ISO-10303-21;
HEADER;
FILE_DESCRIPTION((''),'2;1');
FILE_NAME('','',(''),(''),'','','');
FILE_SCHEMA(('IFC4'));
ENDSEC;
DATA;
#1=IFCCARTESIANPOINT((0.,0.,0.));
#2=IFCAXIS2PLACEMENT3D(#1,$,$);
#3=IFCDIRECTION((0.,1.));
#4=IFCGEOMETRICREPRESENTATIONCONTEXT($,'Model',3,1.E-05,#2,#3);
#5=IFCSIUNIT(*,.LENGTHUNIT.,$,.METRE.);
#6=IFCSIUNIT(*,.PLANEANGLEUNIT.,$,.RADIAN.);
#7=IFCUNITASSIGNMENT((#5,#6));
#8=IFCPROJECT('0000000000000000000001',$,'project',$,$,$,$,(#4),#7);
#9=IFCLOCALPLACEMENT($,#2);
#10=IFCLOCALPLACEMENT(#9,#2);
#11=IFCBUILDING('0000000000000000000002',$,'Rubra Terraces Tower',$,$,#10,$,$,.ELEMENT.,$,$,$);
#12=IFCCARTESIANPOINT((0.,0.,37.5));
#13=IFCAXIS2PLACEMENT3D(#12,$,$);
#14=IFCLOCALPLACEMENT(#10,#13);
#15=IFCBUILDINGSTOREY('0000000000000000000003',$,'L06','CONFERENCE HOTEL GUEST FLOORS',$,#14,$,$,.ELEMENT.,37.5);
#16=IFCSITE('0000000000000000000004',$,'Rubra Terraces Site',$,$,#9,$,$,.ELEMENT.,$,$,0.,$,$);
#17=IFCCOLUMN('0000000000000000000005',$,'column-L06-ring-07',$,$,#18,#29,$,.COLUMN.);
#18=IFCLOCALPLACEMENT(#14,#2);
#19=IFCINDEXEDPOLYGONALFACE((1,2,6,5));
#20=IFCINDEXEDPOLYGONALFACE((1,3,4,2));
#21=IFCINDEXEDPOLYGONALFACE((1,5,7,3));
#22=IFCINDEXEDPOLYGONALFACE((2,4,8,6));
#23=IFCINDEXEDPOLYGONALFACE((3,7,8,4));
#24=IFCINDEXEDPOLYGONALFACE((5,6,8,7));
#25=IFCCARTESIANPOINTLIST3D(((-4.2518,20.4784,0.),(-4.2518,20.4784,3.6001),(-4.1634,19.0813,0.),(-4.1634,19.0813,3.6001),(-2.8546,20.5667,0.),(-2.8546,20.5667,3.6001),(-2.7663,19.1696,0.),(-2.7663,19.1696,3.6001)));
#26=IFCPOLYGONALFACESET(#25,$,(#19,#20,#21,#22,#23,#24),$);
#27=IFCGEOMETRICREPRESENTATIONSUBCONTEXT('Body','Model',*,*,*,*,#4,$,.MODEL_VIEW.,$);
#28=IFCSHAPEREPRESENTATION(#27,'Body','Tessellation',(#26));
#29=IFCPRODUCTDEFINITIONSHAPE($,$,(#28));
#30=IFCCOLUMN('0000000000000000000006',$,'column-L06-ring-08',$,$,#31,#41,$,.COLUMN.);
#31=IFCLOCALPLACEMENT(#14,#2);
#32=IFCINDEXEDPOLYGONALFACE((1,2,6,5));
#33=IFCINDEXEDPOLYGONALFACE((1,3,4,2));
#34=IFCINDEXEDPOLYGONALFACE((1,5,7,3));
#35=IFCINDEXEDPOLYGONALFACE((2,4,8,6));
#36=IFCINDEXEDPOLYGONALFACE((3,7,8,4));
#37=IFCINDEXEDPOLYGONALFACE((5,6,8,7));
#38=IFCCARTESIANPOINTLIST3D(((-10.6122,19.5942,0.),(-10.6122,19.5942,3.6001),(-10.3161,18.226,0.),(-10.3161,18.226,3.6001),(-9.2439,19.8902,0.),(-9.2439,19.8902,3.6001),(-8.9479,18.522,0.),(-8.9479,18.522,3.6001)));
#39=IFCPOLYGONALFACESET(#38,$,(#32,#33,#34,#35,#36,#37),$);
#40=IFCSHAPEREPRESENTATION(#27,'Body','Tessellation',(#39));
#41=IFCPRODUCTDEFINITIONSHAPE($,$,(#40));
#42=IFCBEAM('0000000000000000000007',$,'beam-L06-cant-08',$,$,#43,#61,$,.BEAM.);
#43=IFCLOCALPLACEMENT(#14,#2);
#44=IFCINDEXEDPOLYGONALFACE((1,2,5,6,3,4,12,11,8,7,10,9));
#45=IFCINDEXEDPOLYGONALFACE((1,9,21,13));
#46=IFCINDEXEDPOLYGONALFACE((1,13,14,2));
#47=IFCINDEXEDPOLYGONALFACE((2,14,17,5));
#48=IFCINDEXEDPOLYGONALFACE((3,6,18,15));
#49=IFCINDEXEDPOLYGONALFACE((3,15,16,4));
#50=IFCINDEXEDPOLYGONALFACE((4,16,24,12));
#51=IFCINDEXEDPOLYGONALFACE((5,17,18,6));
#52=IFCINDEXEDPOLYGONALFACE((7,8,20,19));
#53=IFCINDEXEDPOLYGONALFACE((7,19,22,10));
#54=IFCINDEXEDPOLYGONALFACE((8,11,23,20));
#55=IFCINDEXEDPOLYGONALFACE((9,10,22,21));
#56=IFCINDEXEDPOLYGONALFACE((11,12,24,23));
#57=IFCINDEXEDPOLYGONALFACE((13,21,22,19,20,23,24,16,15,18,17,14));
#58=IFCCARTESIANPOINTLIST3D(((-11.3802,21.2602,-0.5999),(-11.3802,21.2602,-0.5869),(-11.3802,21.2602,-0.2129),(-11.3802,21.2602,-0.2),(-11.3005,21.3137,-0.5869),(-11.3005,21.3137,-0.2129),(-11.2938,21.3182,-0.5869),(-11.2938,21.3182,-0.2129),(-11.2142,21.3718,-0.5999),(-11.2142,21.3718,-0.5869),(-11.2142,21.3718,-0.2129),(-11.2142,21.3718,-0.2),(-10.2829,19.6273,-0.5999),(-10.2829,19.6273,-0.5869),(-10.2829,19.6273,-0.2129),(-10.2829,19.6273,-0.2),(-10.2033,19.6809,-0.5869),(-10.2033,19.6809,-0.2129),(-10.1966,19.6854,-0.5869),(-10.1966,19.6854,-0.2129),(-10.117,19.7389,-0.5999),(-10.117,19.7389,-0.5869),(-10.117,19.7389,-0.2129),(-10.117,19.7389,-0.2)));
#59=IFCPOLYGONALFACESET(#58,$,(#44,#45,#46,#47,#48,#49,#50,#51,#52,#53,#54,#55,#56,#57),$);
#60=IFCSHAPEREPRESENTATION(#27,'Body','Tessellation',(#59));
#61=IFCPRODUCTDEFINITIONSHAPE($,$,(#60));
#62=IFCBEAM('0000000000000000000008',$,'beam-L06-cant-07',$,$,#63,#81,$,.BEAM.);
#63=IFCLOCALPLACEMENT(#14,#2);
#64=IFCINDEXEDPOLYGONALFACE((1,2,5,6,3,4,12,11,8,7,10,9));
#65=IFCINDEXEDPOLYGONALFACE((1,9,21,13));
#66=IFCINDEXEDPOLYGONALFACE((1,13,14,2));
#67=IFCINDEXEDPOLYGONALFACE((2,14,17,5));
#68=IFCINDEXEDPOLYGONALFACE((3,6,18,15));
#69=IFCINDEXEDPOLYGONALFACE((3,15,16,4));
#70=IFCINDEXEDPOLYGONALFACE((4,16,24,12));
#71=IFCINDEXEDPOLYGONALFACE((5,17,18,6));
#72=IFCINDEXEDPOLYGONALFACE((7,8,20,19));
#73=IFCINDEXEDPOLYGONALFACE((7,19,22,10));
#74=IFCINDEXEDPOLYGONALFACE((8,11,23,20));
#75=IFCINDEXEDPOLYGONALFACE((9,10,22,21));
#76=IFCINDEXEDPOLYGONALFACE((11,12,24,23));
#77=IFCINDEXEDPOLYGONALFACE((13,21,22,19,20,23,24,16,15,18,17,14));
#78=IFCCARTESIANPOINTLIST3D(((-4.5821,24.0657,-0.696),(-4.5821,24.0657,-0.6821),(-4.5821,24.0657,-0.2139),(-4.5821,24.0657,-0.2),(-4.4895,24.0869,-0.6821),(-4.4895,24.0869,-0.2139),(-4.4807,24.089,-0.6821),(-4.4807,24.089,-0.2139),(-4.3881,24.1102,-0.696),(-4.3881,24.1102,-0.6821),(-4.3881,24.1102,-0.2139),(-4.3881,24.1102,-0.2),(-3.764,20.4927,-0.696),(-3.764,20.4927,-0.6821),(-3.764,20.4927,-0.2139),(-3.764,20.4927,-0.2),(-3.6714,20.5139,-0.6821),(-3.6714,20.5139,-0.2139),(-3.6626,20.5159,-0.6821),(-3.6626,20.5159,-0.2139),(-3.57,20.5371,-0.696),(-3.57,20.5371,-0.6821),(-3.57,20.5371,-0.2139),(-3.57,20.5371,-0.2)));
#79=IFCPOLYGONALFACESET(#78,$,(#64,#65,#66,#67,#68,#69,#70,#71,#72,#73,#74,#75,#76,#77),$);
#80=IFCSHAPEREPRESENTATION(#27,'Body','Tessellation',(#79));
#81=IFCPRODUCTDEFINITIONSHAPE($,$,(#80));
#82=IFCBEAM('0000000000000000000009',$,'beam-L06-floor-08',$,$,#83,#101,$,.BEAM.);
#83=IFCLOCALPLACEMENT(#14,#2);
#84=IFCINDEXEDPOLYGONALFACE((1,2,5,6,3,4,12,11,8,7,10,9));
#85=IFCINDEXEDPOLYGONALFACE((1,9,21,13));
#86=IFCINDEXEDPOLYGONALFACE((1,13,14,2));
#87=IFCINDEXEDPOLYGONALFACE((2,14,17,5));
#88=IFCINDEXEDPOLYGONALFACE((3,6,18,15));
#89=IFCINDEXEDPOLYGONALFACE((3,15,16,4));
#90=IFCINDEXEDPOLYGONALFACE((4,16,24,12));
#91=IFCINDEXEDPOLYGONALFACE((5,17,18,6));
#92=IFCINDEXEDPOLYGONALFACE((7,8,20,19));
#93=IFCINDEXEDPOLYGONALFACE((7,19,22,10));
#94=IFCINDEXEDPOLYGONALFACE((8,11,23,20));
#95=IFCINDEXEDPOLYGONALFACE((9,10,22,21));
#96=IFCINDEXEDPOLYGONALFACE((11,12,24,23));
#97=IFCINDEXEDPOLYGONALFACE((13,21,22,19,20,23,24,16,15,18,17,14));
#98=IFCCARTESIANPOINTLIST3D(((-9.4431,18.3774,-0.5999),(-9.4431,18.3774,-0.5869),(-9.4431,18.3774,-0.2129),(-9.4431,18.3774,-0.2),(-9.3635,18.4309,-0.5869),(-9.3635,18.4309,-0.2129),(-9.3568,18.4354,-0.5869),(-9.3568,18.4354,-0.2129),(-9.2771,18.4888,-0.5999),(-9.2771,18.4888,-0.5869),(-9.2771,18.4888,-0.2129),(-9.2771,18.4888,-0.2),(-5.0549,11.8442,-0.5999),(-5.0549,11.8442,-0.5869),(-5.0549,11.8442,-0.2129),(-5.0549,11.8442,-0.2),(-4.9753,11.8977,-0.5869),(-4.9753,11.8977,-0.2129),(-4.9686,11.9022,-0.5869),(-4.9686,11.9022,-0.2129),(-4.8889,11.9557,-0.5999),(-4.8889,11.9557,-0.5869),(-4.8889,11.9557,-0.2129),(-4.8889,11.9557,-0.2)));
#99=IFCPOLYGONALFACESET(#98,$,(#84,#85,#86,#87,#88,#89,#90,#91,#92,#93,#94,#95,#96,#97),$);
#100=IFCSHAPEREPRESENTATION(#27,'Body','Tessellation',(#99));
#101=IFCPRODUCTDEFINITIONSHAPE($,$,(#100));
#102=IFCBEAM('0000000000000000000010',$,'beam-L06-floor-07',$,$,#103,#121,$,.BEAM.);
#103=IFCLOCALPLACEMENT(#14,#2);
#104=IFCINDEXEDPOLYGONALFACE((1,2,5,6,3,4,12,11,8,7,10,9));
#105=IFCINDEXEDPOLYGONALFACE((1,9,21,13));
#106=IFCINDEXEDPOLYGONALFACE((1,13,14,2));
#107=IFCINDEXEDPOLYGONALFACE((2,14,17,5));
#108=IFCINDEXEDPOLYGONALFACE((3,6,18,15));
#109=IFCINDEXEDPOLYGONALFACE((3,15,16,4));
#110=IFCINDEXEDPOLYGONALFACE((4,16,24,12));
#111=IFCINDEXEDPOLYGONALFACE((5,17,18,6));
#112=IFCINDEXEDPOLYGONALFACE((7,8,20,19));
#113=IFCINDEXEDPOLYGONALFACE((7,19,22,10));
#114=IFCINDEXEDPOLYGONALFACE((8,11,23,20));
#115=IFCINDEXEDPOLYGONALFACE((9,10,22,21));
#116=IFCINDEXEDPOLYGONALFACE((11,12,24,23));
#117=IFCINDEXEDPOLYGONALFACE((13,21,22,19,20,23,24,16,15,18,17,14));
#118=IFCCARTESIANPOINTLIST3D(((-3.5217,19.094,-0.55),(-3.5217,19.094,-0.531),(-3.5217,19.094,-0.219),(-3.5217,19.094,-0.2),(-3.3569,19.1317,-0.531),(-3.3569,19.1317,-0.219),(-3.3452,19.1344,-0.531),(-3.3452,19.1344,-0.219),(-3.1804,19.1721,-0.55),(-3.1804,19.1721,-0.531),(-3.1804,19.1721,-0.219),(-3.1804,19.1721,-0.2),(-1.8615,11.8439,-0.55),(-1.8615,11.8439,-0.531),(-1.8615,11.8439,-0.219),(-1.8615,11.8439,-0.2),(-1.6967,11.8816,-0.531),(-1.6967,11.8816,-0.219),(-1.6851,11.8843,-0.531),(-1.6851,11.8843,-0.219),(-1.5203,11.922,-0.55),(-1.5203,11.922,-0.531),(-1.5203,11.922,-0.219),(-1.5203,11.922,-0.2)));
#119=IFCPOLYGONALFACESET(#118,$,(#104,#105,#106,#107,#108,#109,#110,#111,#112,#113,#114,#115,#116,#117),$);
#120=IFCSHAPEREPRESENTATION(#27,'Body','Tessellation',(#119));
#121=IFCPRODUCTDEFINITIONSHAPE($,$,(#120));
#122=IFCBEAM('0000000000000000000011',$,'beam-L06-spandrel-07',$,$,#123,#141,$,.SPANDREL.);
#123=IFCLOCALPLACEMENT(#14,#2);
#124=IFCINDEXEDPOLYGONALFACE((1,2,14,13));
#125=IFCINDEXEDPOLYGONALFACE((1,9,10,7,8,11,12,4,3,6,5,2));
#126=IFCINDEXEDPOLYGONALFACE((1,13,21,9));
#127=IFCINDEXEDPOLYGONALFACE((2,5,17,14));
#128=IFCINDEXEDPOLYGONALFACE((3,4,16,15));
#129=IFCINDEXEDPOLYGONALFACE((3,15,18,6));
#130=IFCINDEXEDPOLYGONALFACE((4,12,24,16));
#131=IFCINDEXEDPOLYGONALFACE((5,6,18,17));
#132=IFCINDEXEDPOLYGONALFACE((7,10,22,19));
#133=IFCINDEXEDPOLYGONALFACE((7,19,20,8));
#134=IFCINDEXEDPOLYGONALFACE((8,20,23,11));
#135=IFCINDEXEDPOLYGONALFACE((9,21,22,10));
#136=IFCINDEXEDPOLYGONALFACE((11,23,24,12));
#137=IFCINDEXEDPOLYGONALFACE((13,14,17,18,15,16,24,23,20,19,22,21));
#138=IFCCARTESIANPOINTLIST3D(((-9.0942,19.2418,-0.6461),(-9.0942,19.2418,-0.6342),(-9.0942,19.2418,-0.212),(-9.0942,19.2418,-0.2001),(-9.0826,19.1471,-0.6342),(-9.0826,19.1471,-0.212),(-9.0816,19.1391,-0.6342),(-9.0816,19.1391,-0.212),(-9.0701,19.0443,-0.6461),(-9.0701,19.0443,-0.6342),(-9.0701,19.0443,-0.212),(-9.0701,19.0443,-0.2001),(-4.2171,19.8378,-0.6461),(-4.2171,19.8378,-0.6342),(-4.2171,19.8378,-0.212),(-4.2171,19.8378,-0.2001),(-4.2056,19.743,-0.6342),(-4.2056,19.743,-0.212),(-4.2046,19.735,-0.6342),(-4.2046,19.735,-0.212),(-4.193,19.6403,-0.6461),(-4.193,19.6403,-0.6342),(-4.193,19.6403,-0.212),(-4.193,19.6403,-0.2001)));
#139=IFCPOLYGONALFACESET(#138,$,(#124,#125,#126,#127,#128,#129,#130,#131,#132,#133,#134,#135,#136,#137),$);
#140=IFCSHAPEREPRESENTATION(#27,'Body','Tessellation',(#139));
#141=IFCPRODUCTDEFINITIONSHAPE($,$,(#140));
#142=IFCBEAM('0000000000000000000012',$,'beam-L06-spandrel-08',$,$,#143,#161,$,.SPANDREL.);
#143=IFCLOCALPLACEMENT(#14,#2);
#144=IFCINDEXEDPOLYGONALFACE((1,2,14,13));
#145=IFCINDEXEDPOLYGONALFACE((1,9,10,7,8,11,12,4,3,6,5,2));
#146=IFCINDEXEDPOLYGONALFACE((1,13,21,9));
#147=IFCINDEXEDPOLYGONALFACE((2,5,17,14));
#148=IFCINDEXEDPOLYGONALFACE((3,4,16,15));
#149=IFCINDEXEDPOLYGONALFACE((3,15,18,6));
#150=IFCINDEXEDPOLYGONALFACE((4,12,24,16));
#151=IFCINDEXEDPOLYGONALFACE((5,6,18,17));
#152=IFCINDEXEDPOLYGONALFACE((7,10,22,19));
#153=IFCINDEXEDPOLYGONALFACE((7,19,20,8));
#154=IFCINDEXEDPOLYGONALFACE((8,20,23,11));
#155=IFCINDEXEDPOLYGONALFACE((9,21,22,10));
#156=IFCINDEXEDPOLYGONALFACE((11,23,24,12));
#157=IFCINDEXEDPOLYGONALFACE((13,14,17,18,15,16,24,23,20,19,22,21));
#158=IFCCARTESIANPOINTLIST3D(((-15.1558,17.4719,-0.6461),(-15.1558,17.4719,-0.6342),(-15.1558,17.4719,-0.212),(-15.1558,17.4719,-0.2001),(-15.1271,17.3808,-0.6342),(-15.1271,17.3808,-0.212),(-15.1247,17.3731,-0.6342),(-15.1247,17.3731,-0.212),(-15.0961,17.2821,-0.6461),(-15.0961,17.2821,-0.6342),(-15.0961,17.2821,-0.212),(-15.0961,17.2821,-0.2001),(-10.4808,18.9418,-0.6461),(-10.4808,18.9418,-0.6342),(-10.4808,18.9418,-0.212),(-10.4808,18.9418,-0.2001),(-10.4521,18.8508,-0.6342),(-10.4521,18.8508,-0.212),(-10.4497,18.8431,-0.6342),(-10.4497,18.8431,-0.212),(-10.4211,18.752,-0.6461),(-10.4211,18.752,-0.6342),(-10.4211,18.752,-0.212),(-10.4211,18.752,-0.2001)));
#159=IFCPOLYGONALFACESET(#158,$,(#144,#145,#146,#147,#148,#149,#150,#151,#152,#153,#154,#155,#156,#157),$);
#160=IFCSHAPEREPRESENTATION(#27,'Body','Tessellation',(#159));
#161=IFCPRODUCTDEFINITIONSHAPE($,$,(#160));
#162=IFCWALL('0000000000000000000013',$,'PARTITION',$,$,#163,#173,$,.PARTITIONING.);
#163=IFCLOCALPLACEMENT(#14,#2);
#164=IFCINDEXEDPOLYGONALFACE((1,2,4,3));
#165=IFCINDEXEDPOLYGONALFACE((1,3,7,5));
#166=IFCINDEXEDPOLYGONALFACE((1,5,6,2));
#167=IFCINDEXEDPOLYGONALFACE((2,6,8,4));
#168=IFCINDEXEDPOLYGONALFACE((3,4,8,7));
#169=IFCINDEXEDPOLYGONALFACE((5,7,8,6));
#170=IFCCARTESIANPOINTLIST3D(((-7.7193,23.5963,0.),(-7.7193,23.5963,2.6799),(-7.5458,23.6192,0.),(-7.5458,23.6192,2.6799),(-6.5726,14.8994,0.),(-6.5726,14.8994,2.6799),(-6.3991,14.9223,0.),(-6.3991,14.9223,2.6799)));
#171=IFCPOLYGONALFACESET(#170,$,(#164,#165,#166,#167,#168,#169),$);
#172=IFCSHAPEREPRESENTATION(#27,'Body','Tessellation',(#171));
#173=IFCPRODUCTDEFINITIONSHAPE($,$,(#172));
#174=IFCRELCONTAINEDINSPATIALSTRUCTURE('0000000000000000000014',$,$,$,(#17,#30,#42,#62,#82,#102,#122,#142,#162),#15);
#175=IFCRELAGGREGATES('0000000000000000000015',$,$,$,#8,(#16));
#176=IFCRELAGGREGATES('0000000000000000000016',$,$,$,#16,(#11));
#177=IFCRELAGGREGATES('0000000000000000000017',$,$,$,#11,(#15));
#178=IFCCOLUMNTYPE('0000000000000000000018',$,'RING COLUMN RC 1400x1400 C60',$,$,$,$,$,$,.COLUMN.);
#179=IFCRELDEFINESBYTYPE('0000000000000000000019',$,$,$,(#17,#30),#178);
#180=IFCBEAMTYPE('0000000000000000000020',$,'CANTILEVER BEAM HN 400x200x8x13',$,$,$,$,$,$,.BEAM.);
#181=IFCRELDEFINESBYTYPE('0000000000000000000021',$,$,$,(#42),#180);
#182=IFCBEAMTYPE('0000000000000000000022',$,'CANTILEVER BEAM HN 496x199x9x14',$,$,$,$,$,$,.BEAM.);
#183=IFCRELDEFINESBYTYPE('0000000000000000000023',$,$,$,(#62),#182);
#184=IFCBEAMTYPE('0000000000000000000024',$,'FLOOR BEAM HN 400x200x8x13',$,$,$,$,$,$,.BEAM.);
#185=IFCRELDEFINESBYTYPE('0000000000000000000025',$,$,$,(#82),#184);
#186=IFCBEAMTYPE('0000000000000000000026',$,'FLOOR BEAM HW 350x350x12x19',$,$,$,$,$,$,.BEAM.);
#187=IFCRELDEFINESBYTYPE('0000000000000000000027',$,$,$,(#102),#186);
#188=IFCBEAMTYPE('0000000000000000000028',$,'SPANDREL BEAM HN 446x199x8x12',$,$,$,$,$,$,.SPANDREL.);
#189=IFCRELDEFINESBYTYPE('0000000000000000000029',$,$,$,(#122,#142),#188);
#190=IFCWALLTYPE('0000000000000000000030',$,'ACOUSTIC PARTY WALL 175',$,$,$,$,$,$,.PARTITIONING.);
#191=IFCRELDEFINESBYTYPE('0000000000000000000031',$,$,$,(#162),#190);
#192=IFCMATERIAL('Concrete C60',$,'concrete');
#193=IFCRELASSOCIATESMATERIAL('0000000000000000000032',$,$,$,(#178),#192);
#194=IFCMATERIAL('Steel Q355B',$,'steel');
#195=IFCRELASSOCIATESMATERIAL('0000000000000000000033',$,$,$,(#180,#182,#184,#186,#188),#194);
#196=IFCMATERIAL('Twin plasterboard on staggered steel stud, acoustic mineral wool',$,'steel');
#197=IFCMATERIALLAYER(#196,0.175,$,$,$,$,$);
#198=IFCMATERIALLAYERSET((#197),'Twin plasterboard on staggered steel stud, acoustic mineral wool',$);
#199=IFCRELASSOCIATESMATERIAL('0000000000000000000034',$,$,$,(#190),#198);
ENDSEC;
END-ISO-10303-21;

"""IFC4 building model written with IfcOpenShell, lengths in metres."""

from ifc_helpers import new_model, si_unit, direction, frame, frame_2d, origin, origin_2d, place, context, subcontext, project, spatial, rectangle, i_section, extrude, material, layer, layer_set, material_profile, profile_set, type_object, element, save


model = new_model("IFC4")

# Units and contexts
model_context = context("Model", 3, precision=1e-05, world=origin(), true_north=direction((0.0, 1.0)))
body_context = subcontext(model_context, "Body", "Model", "MODEL_VIEW")
ifc_project = project(units=[si_unit("LENGTHUNIT", "METRE"), si_unit("PLANEANGLEUNIT", "RADIAN")], contexts=[model_context])

# Site, building, storey
site_placement = place(None, origin())
site = spatial("IfcSite", under=ifc_project, at=site_placement, Name="Rubra Terraces Site", CompositionType="ELEMENT", RefElevation=0.0)
building_placement = place(site_placement, origin())
building = spatial("IfcBuilding", under=site, at=building_placement, Name="Rubra Terraces Tower", CompositionType="ELEMENT")
storey_placement = place(building_placement, frame((0.0, 0.0, 37.5)))
storey = spatial("IfcBuildingStorey", under=building, at=storey_placement, Name="L06", Description="CONFERENCE HOTEL GUEST FLOORS", CompositionType="ELEMENT", Elevation=37.5)

# Columns
ifc_material_1 = material(Name="Concrete C60", Category="concrete")
ifc_material_profile_1 = material_profile(ifc_material_1, rectangle(XDim=1.3999, YDim=1.3999, at=origin_2d()), Name="RC 1400x1400")
ifc_profile_set_1 = profile_set([ifc_material_profile_1], Name="Concrete C60")
column_type = type_object("IfcColumnType", Name="RING COLUMN RC 1400x1400 C60", PredefinedType="COLUMN", material=ifc_profile_set_1)
for number, where, z_axis, x_axis, name in (
    (1, (-3.509, 19.824, 0.0), (0.0, 0.0, 1.0), (-0.998008, -0.063094, 0.0), "column-L06-ring-07"),
    (2, (-9.78, 19.0581, 0.0), (0.0, 0.0, 1.0), (-0.977386, -0.211462, 0.0), "column-L06-ring-08"),
):
    element("IfcColumn", number, at=place(storey_placement, frame(where, z_axis=z_axis, x_axis=x_axis)), inside=storey, type_object=column_type, Name=name, PredefinedType="COLUMN", context=body_context, shape_type="SweptSolid", body=[
        extrude(rectangle(XDim=1.3999, YDim=1.3999, at=origin_2d()), origin(), (0.0, 0.0, 1.0), 3.6001),
    ])

# Beams
ifc_material_2 = material(Name="Steel Q355B", Category="steel")
ifc_material_profile_2 = material_profile(ifc_material_2, i_section(OverallWidth=0.2, OverallDepth=0.3999, WebThickness=0.0081, FlangeThickness=0.0129, at=origin_2d()), Name="HN 400x200x8x13")
ifc_profile_set_2 = profile_set([ifc_material_profile_2], Name="Steel Q355B")
beam_type_1 = type_object("IfcBeamType", Name="CANTILEVER BEAM HN 400x200x8x13", PredefinedType="BEAM", material=ifc_profile_set_2)
beam_1_placement = place(storey_placement, frame((-10.2, 19.6831, -0.3999), z_axis=(-0.557732, 0.830021, 0.0), x_axis=(-0.830021, -0.557732, 0.0)))
element("IfcBeam", 3, at=beam_1_placement, inside=storey, type_object=beam_type_1, Name="beam-L06-cant-08", PredefinedType="BEAM", context=body_context, shape_type="SweptSolid", body=[
    extrude(i_section(OverallWidth=0.2, OverallDepth=0.3999, WebThickness=0.0081, FlangeThickness=0.0129, at=origin_2d()), origin(), (0.0, 0.0, 1.0), 1.9673),
])
ifc_material_profile_3 = material_profile(ifc_material_2, i_section(OverallWidth=0.199, OverallDepth=0.4961, WebThickness=0.009, FlangeThickness=0.0139, at=origin_2d()), Name="HN 496x199x9x14")
ifc_profile_set_3 = profile_set([ifc_material_profile_3], Name="Steel Q355B")
beam_type_2 = type_object("IfcBeamType", Name="CANTILEVER BEAM HN 496x199x9x14", PredefinedType="BEAM", material=ifc_profile_set_3)
beam_2_placement = place(storey_placement, frame((-3.667, 20.5149, -0.448), z_axis=(-0.223196, 0.974774, 0.0), x_axis=(-0.974774, -0.223196, 0.0)))
element("IfcBeam", 4, at=beam_2_placement, inside=storey, type_object=beam_type_2, Name="beam-L06-cant-07", PredefinedType="BEAM", context=body_context, shape_type="SweptSolid", body=[
    extrude(i_section(OverallWidth=0.199, OverallDepth=0.4961, WebThickness=0.009, FlangeThickness=0.0139, at=origin_2d()), origin(), (0.0, 0.0, 1.0), 3.6655),
])
ifc_material_profile_4 = material_profile(ifc_material_2, i_section(OverallWidth=0.2, OverallDepth=0.3999, WebThickness=0.0081, FlangeThickness=0.0129, at=origin_2d()), Name="HN 400x200x8x13")
ifc_profile_set_4 = profile_set([ifc_material_profile_4], Name="Steel Q355B")
beam_type_3 = type_object("IfcBeamType", Name="FLOOR BEAM HN 400x200x8x13", PredefinedType="BEAM", material=ifc_profile_set_4)
beam_3_placement = place(storey_placement, frame((-9.3601, 18.4331, -0.3999), z_axis=(0.557575, -0.830127, 0.0), x_axis=(0.830127, 0.557575, 0.0)))
element("IfcBeam", 5, at=beam_3_placement, inside=storey, type_object=beam_type_3, Name="beam-L06-floor-08", PredefinedType="BEAM", context=body_context, shape_type="SweptSolid", body=[
    extrude(i_section(OverallWidth=0.2, OverallDepth=0.3999, WebThickness=0.0081, FlangeThickness=0.0129, at=origin_2d()), origin(), (0.0, 0.0, 1.0), 7.8701),
])
ifc_material_profile_5 = material_profile(ifc_material_2, i_section(OverallWidth=0.3501, OverallDepth=0.3501, WebThickness=0.012, FlangeThickness=0.019, at=origin_2d()), Name="HW 350x350x12x19")
ifc_profile_set_5 = profile_set([ifc_material_profile_5], Name="Steel Q355B")
beam_type_4 = type_object("IfcBeamType", Name="FLOOR BEAM HW 350x350x12x19", PredefinedType="BEAM", material=ifc_profile_set_5)
beam_4_placement = place(storey_placement, frame((-3.3511, 19.1331, -0.375), z_axis=(0.22321, -0.97477, 0.0), x_axis=(0.97477, 0.22321, 0.0)))
element("IfcBeam", 6, at=beam_4_placement, inside=storey, type_object=beam_type_4, Name="beam-L06-floor-07", PredefinedType="BEAM", context=body_context, shape_type="SweptSolid", body=[
    extrude(i_section(OverallWidth=0.3501, OverallDepth=0.3501, WebThickness=0.012, FlangeThickness=0.019, at=origin_2d()), origin(), (0.0, 0.0, 1.0), 7.4377),
])
ifc_material_profile_6 = material_profile(ifc_material_2, i_section(OverallWidth=0.199, OverallDepth=0.446, WebThickness=0.0081, FlangeThickness=0.012, at=origin_2d()), Name="HN 446x199x8x12")
ifc_profile_set_6 = profile_set([ifc_material_profile_6], Name="Steel Q355B")
beam_type_5 = type_object("IfcBeamType", Name="SPANDREL BEAM HN 446x199x8x12", PredefinedType="SPANDREL", material=ifc_profile_set_6)
beam_5_placement = place(storey_placement, frame((-4.2051, 19.739, -0.4231), z_axis=(-0.992617, -0.121294, 0.0), x_axis=(0.121294, -0.992617, 0.0)))
element("IfcBeam", 7, at=beam_5_placement, inside=storey, type_object=beam_type_5, Name="beam-L06-spandrel-07", PredefinedType="SPANDREL", context=body_context, shape_type="SweptSolid", body=[
    extrude(i_section(OverallWidth=0.199, OverallDepth=0.446, WebThickness=0.0081, FlangeThickness=0.012, at=origin_2d()), origin(), (0.0, 0.0, 1.0), 4.9133),
])
beam_6_placement = place(storey_placement, frame((-10.4509, 18.8469, -0.4231), z_axis=(-0.953955, -0.299951, 0.0), x_axis=(0.299951, -0.953955, 0.0)))
element("IfcBeam", 8, at=beam_6_placement, inside=storey, type_object=beam_type_5, Name="beam-L06-spandrel-08", PredefinedType="SPANDREL", context=body_context, shape_type="SweptSolid", body=[
    extrude(i_section(OverallWidth=0.199, OverallDepth=0.446, WebThickness=0.0081, FlangeThickness=0.012, at=origin_2d()), origin(), (0.0, 0.0, 1.0), 4.9006),
])

# Wall
ifc_material_3 = material(Name="Twin plasterboard on staggered steel stud, acoustic mineral wool", Category="steel")
ifc_layer_1 = layer(ifc_material_3, 0.175)
ifc_layer_set_1 = layer_set([ifc_layer_1], Name="Twin plasterboard on staggered steel stud, acoustic mineral wool")
wall_type_1 = type_object("IfcWallType", Name="ACOUSTIC PARTY WALL 175", PredefinedType="PARTITIONING", material=ifc_layer_set_1)
wall_1_placement = place(storey_placement, frame((-7.6326, 23.6079, 0.0), z_axis=(0.0, 0.0, 1.0), x_axis=(0.130722, -0.991419, 0.0)))
element("IfcWall", 9, at=wall_1_placement, inside=storey, type_object=wall_type_1, Name="PARTITION", PredefinedType="PARTITIONING", context=body_context, shape_type="SweptSolid", body=[
    extrude(rectangle(XDim=8.7722, YDim=0.175, at=frame_2d((4.3862, 0.0))), origin(), (0.0, 0.0, 1.0), 2.6799),
])

save(model, "model.ifc")
